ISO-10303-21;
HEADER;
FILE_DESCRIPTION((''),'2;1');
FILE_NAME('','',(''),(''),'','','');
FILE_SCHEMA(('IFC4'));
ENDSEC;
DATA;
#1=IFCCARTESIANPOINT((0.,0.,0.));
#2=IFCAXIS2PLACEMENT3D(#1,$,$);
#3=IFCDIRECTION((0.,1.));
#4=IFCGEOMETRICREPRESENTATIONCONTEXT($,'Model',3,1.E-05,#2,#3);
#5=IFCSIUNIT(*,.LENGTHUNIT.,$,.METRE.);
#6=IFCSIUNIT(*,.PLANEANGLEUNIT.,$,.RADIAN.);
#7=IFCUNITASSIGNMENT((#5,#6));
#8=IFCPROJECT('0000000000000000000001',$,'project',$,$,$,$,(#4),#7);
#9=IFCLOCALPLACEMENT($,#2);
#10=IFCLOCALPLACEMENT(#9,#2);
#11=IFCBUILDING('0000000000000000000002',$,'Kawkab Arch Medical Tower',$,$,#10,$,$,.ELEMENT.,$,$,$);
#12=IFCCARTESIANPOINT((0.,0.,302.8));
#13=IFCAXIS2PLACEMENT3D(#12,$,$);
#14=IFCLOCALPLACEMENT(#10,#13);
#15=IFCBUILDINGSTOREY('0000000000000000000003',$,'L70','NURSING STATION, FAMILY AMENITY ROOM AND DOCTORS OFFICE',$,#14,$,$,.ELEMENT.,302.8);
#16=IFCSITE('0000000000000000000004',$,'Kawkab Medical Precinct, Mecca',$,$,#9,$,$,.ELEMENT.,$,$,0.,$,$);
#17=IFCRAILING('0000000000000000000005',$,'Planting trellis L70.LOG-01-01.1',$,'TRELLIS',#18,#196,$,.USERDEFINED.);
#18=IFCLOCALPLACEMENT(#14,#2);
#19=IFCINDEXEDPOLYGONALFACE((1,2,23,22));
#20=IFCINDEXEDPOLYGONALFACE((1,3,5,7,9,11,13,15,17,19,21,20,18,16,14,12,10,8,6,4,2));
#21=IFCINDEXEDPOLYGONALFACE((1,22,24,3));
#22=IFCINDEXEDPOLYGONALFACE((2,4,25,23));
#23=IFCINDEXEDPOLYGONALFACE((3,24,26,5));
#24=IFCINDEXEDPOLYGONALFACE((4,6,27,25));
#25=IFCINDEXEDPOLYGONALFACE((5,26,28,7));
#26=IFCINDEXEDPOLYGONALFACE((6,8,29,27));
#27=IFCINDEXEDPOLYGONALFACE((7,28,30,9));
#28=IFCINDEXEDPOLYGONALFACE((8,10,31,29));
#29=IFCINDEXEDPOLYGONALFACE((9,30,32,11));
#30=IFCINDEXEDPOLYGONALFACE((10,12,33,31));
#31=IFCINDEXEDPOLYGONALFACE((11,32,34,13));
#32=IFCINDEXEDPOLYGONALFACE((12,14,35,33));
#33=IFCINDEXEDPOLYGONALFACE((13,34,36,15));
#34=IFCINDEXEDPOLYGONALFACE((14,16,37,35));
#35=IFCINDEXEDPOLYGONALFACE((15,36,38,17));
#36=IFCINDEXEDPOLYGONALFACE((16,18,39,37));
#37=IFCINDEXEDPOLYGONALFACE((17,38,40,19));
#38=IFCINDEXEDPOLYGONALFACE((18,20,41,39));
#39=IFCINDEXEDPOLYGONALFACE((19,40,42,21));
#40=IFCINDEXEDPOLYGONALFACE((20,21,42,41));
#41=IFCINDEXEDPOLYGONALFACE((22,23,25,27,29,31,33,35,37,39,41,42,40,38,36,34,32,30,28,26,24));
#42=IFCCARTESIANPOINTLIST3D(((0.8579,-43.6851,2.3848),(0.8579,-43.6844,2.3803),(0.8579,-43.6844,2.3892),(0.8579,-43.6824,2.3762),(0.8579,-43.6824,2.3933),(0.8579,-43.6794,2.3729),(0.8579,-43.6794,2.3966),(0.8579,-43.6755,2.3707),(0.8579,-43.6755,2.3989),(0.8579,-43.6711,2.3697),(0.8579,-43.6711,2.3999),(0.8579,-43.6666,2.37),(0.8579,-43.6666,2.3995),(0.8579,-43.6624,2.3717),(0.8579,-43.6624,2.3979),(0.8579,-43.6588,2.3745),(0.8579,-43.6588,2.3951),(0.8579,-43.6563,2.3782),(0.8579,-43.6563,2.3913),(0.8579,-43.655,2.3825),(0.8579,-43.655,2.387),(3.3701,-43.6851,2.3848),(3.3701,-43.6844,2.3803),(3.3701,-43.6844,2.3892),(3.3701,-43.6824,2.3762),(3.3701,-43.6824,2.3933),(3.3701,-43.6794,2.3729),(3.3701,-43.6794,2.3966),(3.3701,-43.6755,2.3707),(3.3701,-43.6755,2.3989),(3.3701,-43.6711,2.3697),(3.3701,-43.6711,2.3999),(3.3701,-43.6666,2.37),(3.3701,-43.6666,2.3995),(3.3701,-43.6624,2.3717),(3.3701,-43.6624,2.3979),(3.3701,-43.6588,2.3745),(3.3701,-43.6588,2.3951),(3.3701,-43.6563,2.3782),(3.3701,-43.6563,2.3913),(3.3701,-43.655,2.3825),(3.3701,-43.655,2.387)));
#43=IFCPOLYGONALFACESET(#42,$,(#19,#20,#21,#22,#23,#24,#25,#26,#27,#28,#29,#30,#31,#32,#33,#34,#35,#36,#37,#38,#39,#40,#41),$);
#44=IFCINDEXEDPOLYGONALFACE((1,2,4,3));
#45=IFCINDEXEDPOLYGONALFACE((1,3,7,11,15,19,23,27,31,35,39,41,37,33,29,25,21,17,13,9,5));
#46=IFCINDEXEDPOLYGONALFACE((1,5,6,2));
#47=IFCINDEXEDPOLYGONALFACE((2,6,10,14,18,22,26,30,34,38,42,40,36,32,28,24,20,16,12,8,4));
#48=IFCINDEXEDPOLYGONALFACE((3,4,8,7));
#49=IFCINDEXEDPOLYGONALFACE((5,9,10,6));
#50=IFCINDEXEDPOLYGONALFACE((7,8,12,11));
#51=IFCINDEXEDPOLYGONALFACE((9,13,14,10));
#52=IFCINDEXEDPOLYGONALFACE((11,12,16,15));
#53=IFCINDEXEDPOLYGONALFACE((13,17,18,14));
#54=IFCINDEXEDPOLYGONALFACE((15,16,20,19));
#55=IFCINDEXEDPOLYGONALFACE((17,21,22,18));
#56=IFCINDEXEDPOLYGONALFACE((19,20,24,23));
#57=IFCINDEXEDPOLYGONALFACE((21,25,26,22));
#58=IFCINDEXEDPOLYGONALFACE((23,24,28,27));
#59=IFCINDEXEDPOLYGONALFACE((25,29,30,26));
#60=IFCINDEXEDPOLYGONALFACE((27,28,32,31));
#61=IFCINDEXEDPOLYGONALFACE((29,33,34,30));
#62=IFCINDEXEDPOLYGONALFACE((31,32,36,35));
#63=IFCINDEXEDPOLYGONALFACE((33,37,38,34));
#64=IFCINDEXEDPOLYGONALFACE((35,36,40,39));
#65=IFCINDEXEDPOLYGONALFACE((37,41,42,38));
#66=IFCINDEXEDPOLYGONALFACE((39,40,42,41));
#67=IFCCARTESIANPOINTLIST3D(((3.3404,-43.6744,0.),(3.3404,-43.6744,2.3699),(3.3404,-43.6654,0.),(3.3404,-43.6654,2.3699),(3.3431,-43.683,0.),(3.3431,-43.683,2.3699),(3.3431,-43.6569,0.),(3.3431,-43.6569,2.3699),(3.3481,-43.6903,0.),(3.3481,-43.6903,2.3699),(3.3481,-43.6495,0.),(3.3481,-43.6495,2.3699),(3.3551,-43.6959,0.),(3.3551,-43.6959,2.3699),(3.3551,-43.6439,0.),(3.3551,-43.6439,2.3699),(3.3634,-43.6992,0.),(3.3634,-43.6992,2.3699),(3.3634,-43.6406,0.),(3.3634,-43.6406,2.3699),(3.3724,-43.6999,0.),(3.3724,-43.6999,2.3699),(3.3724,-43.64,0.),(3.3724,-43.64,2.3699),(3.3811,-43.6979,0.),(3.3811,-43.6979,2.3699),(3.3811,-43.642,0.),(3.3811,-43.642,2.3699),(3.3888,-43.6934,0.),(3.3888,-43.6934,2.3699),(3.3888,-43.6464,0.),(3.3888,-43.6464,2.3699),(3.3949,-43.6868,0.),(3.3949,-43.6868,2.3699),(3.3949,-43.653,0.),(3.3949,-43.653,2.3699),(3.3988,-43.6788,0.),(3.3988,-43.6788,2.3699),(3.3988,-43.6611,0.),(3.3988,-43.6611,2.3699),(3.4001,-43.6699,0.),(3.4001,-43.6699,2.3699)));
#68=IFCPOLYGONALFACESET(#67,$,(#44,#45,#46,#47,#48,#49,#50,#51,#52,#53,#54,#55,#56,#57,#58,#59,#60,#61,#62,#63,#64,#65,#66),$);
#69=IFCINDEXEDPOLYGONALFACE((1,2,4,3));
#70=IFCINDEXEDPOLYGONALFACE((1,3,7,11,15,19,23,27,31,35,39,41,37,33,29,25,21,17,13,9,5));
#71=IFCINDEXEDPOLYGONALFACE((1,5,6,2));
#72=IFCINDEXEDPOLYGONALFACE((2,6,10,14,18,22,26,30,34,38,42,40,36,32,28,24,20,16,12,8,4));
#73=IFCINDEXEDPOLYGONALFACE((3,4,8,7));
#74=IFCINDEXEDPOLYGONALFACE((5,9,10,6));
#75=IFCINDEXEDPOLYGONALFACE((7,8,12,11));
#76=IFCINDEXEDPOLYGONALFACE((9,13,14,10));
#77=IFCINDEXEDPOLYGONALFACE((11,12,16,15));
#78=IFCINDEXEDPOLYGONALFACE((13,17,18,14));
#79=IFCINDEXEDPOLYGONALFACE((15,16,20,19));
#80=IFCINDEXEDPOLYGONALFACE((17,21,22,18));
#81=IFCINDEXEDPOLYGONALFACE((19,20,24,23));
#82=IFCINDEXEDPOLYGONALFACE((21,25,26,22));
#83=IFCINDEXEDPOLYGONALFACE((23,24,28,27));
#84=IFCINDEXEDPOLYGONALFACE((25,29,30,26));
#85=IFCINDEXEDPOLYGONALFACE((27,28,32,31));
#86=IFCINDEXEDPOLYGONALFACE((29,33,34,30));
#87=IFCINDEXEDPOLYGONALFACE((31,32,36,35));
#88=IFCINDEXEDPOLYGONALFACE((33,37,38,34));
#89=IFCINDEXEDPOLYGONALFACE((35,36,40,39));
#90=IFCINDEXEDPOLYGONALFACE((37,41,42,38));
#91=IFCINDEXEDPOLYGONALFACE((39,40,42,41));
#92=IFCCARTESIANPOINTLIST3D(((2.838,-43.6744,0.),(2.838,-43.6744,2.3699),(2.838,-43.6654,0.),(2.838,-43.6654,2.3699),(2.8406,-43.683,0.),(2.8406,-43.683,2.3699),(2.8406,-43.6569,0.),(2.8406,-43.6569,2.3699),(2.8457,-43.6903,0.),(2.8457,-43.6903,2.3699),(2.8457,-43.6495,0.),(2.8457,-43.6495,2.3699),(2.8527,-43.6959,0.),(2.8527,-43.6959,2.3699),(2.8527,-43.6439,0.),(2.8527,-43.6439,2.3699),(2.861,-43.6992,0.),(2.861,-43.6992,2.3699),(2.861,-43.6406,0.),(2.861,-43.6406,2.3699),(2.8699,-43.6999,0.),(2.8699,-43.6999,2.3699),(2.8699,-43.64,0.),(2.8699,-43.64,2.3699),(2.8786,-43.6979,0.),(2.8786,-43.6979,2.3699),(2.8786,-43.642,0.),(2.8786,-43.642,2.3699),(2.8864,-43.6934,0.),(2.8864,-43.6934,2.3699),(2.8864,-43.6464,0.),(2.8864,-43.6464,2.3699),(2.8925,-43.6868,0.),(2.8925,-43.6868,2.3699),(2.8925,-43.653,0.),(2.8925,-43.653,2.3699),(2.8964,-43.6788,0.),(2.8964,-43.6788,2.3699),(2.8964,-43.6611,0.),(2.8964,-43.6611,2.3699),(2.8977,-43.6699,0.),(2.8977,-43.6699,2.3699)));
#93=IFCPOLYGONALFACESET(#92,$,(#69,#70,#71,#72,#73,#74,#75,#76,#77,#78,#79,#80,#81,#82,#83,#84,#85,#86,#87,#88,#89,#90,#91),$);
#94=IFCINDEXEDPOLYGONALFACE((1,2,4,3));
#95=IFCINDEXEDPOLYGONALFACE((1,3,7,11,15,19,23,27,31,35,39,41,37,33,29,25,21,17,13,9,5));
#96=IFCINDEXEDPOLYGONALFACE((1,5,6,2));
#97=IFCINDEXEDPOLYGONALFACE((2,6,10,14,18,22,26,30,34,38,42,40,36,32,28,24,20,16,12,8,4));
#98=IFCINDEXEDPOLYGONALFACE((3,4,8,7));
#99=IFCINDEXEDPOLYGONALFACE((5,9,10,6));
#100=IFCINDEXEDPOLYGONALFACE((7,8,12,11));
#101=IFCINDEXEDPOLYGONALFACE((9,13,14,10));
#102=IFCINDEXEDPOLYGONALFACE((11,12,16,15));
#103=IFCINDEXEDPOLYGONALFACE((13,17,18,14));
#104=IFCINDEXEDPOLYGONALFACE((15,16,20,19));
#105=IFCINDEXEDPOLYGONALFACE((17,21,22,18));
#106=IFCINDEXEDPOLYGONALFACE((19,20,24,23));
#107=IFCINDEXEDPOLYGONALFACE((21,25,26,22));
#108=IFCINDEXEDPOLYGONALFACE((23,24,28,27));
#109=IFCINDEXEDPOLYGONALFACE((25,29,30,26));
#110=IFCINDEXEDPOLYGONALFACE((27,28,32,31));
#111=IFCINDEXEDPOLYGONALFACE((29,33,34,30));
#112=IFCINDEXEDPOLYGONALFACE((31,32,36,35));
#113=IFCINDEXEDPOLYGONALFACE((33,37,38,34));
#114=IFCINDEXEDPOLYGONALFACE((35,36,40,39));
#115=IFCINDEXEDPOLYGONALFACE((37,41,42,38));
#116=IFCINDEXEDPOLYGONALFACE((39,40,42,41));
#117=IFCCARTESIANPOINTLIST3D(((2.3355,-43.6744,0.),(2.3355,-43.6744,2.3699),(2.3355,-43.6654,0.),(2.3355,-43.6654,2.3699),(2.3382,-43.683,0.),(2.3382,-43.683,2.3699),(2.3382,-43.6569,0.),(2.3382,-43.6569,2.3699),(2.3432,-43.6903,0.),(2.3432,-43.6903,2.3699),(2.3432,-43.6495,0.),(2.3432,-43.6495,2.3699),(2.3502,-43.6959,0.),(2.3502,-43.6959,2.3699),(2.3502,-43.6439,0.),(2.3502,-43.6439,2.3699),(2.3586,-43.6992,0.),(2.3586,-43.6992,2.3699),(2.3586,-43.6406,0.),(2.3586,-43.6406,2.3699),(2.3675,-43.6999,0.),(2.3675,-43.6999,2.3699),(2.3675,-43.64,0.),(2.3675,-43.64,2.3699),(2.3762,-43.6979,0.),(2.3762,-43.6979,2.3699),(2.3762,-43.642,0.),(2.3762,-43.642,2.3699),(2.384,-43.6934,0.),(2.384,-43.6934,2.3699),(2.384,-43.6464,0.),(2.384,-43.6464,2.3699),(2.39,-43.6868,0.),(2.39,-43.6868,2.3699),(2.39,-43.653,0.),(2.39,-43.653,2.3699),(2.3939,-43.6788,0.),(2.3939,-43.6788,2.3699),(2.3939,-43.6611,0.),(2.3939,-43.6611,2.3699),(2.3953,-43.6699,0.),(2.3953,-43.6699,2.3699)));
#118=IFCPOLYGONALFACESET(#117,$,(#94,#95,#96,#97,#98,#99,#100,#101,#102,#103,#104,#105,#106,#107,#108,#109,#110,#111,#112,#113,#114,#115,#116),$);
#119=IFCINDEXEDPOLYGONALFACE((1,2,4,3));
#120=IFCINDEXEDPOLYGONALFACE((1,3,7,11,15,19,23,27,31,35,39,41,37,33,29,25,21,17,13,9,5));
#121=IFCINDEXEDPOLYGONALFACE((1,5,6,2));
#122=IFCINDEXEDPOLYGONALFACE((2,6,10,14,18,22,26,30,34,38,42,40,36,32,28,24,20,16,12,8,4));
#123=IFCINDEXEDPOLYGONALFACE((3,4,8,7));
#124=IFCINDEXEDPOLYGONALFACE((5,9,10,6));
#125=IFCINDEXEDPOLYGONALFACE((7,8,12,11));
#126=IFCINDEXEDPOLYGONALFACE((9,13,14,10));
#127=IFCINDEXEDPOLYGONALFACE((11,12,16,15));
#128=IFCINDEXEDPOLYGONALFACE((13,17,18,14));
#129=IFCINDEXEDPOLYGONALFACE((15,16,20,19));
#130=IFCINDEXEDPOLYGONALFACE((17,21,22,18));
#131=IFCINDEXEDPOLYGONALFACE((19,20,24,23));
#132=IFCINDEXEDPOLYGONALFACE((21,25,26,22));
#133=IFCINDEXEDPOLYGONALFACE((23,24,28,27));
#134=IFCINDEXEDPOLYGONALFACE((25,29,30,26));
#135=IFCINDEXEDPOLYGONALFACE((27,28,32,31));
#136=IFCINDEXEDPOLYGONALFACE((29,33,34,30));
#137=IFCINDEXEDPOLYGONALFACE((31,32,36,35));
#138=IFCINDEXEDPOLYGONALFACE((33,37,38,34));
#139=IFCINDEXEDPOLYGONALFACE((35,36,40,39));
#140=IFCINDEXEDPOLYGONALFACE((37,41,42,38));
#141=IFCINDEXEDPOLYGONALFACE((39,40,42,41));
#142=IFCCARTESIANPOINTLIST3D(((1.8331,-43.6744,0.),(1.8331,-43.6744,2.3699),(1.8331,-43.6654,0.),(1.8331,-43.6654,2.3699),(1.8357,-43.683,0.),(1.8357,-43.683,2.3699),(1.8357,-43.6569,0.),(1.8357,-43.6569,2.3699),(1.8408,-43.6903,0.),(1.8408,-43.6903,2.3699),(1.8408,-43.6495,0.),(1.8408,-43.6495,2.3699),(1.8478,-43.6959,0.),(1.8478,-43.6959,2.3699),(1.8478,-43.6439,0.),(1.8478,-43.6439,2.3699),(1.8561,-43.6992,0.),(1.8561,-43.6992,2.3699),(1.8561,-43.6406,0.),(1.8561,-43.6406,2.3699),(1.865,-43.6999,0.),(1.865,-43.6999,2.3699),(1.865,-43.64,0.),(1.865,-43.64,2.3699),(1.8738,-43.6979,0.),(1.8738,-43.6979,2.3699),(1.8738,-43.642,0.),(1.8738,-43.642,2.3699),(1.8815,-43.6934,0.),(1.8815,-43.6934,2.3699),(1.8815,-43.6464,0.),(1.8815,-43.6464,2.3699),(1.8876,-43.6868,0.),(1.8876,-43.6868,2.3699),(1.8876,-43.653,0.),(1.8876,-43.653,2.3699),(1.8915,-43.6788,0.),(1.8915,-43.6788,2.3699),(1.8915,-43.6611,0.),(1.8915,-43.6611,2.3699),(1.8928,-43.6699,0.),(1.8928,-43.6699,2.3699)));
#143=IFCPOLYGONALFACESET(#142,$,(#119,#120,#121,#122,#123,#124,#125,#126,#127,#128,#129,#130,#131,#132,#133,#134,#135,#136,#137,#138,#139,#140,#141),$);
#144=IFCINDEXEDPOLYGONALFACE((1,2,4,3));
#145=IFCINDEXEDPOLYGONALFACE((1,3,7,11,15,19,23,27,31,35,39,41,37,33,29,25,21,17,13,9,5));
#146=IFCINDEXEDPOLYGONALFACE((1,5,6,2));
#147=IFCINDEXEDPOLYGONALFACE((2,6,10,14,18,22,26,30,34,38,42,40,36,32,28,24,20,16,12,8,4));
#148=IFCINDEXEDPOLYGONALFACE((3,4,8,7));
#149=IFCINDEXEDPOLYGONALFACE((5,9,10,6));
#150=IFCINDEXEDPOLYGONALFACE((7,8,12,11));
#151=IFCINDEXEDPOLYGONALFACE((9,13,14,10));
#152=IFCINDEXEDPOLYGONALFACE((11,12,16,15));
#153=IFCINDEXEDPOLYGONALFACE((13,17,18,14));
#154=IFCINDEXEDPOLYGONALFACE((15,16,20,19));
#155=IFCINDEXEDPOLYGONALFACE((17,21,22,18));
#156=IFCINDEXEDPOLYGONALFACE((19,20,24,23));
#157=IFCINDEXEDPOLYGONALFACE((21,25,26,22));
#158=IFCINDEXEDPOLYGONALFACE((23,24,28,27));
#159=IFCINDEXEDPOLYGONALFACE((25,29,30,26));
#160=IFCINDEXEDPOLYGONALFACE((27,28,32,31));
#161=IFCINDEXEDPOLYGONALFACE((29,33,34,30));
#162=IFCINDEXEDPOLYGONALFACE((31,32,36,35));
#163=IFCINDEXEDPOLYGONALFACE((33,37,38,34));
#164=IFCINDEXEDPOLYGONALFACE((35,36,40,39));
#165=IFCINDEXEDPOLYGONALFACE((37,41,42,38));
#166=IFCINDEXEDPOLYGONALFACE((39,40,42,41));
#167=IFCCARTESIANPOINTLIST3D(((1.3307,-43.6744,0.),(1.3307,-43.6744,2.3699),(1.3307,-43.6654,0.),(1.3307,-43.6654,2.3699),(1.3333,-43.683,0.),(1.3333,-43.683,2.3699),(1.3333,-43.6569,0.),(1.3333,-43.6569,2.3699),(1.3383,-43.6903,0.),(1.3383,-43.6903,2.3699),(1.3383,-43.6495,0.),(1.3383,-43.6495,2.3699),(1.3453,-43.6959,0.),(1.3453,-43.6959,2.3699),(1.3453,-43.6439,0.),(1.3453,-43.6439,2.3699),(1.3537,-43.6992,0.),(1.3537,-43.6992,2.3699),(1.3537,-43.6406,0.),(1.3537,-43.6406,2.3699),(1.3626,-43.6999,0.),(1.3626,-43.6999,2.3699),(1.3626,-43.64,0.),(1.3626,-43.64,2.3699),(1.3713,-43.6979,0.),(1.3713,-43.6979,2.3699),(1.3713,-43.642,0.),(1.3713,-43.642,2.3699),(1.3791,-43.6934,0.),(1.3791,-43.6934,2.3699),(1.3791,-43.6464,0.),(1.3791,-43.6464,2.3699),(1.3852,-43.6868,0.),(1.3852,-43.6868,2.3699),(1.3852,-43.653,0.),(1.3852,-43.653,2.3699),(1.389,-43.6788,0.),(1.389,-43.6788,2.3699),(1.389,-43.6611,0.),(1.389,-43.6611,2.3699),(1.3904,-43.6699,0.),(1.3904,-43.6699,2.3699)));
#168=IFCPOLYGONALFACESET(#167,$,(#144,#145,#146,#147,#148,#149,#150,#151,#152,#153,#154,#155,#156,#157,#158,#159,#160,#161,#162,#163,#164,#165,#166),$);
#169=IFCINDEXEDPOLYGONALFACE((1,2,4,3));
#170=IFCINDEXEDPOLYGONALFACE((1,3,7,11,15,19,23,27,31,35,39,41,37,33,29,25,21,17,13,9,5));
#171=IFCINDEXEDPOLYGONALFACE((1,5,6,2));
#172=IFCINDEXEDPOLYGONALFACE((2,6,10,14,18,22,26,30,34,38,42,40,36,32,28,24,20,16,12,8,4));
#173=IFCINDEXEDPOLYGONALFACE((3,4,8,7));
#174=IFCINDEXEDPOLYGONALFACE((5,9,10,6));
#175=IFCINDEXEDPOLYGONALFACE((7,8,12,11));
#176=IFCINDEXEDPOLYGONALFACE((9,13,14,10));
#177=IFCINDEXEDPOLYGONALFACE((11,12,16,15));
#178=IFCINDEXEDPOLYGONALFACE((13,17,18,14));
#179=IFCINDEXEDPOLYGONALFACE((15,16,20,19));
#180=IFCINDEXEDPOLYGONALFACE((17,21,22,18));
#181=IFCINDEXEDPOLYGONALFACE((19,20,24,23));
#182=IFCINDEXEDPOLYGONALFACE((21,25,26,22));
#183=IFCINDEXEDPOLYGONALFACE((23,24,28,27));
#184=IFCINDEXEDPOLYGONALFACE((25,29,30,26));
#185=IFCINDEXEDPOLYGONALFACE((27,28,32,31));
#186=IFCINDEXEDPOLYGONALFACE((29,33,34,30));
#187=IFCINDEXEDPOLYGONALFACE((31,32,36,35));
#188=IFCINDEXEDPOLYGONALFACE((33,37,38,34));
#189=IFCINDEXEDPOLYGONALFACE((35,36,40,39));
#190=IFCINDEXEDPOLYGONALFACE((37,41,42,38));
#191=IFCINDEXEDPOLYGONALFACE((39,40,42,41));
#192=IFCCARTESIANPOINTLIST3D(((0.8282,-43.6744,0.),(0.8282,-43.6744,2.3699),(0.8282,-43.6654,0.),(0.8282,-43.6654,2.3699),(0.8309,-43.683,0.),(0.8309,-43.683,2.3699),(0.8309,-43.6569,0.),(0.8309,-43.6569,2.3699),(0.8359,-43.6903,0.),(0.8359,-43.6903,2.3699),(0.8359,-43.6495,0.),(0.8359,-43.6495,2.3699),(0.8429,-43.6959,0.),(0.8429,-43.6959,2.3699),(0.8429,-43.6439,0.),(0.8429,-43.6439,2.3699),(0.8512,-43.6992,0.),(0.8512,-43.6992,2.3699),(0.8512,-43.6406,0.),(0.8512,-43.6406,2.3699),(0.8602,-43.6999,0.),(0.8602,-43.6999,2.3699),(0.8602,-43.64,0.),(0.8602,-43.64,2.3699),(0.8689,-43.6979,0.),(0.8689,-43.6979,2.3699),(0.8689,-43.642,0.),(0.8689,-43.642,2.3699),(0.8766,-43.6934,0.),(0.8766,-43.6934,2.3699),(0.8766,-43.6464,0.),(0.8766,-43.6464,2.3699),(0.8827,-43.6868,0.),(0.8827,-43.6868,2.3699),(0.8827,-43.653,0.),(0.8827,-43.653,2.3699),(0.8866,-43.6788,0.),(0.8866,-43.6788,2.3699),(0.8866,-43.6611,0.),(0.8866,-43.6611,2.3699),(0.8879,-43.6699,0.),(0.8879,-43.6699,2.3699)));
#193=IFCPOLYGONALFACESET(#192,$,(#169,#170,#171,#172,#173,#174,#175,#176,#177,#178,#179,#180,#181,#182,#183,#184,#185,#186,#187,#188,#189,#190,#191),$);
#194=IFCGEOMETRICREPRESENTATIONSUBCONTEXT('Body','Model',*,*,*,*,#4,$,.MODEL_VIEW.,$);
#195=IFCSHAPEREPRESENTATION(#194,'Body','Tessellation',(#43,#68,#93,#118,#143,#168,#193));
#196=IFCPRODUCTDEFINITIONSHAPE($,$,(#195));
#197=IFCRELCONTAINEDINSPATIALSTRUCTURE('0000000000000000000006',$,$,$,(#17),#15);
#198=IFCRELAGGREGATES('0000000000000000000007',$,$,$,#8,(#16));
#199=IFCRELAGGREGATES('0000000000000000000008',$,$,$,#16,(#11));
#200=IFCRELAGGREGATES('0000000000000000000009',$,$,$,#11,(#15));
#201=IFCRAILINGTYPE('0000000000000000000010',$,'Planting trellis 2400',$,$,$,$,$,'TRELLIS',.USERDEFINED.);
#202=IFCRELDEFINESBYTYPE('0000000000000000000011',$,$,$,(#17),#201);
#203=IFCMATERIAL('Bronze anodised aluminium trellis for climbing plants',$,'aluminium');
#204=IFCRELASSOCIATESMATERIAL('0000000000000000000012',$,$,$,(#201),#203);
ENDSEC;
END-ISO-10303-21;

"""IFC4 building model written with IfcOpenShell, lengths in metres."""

from ifc_helpers import new_model, si_unit, direction, frame, origin, origin_2d, place, context, subcontext, project, spatial, circle, extrude, material, type_object, element, save


model = new_model("IFC4")

# Units and contexts
model_context = context("Model", 3, precision=1e-05, world=origin(), true_north=direction((0.0, 1.0)))
body_context = subcontext(model_context, "Body", "Model", "MODEL_VIEW")
ifc_project = project(units=[si_unit("LENGTHUNIT", "METRE"), si_unit("PLANEANGLEUNIT", "RADIAN")], contexts=[model_context])

# Site, building, storey
site_placement = place(None, origin())
site = spatial("IfcSite", under=ifc_project, at=site_placement, Name="Kawkab Medical Precinct, Mecca", CompositionType="ELEMENT", RefElevation=0.0)
building_placement = place(site_placement, origin())
building = spatial("IfcBuilding", under=site, at=building_placement, Name="Kawkab Arch Medical Tower", CompositionType="ELEMENT")
storey_placement = place(building_placement, frame((0.0, 0.0, 302.8)))
storey = spatial("IfcBuildingStorey", under=building, at=storey_placement, Name="L70", Description="NURSING STATION, FAMILY AMENITY ROOM AND DOCTORS OFFICE", CompositionType="ELEMENT", Elevation=302.8)

# Railing
ifc_material_1 = material(Name="Bronze anodised aluminium trellis for climbing plants", Category="aluminium")
railing_type_1 = type_object("IfcRailingType", Name="Planting trellis 2400", ElementType="TRELLIS", PredefinedType="USERDEFINED", material=ifc_material_1)
railing_1_placement = place(storey_placement, frame((3.3701, -43.6699, 0.0)))
element("IfcRailing", 1, at=railing_1_placement, inside=storey, type_object=railing_type_1, Name="Planting trellis L70.LOG-01-01.1", ObjectType="TRELLIS", PredefinedType="USERDEFINED", context=body_context, shape_type="SweptSolid", body=[
    extrude(circle(Radius=0.0151, at=origin_2d()), frame((0.0, 0.0, 2.3848), z_axis=(-1.0, 0.0, 0.0), x_axis=(0.0, -1.0, 0.0)), (0.0, 0.0, 1.0), 2.5122),
    extrude(circle(Radius=0.03, at=origin_2d()), origin(), (0.0, 0.0, 1.0), 2.3699),
    extrude(circle(Radius=0.03, at=origin_2d()), frame((-0.5024, 0.0, 0.0)), (0.0, 0.0, 1.0), 2.3699),
    extrude(circle(Radius=0.03, at=origin_2d()), frame((-1.0049, 0.0, 0.0)), (0.0, 0.0, 1.0), 2.3699),
    extrude(circle(Radius=0.03, at=origin_2d()), frame((-1.5073, 0.0, 0.0)), (0.0, 0.0, 1.0), 2.3699),
    extrude(circle(Radius=0.03, at=origin_2d()), frame((-2.0098, 0.0, 0.0)), (0.0, 0.0, 1.0), 2.3699),
    extrude(circle(Radius=0.03, at=origin_2d()), frame((-2.5122, 0.0, 0.0)), (0.0, 0.0, 1.0), 2.3699),
])

save(model, "model.ifc")
